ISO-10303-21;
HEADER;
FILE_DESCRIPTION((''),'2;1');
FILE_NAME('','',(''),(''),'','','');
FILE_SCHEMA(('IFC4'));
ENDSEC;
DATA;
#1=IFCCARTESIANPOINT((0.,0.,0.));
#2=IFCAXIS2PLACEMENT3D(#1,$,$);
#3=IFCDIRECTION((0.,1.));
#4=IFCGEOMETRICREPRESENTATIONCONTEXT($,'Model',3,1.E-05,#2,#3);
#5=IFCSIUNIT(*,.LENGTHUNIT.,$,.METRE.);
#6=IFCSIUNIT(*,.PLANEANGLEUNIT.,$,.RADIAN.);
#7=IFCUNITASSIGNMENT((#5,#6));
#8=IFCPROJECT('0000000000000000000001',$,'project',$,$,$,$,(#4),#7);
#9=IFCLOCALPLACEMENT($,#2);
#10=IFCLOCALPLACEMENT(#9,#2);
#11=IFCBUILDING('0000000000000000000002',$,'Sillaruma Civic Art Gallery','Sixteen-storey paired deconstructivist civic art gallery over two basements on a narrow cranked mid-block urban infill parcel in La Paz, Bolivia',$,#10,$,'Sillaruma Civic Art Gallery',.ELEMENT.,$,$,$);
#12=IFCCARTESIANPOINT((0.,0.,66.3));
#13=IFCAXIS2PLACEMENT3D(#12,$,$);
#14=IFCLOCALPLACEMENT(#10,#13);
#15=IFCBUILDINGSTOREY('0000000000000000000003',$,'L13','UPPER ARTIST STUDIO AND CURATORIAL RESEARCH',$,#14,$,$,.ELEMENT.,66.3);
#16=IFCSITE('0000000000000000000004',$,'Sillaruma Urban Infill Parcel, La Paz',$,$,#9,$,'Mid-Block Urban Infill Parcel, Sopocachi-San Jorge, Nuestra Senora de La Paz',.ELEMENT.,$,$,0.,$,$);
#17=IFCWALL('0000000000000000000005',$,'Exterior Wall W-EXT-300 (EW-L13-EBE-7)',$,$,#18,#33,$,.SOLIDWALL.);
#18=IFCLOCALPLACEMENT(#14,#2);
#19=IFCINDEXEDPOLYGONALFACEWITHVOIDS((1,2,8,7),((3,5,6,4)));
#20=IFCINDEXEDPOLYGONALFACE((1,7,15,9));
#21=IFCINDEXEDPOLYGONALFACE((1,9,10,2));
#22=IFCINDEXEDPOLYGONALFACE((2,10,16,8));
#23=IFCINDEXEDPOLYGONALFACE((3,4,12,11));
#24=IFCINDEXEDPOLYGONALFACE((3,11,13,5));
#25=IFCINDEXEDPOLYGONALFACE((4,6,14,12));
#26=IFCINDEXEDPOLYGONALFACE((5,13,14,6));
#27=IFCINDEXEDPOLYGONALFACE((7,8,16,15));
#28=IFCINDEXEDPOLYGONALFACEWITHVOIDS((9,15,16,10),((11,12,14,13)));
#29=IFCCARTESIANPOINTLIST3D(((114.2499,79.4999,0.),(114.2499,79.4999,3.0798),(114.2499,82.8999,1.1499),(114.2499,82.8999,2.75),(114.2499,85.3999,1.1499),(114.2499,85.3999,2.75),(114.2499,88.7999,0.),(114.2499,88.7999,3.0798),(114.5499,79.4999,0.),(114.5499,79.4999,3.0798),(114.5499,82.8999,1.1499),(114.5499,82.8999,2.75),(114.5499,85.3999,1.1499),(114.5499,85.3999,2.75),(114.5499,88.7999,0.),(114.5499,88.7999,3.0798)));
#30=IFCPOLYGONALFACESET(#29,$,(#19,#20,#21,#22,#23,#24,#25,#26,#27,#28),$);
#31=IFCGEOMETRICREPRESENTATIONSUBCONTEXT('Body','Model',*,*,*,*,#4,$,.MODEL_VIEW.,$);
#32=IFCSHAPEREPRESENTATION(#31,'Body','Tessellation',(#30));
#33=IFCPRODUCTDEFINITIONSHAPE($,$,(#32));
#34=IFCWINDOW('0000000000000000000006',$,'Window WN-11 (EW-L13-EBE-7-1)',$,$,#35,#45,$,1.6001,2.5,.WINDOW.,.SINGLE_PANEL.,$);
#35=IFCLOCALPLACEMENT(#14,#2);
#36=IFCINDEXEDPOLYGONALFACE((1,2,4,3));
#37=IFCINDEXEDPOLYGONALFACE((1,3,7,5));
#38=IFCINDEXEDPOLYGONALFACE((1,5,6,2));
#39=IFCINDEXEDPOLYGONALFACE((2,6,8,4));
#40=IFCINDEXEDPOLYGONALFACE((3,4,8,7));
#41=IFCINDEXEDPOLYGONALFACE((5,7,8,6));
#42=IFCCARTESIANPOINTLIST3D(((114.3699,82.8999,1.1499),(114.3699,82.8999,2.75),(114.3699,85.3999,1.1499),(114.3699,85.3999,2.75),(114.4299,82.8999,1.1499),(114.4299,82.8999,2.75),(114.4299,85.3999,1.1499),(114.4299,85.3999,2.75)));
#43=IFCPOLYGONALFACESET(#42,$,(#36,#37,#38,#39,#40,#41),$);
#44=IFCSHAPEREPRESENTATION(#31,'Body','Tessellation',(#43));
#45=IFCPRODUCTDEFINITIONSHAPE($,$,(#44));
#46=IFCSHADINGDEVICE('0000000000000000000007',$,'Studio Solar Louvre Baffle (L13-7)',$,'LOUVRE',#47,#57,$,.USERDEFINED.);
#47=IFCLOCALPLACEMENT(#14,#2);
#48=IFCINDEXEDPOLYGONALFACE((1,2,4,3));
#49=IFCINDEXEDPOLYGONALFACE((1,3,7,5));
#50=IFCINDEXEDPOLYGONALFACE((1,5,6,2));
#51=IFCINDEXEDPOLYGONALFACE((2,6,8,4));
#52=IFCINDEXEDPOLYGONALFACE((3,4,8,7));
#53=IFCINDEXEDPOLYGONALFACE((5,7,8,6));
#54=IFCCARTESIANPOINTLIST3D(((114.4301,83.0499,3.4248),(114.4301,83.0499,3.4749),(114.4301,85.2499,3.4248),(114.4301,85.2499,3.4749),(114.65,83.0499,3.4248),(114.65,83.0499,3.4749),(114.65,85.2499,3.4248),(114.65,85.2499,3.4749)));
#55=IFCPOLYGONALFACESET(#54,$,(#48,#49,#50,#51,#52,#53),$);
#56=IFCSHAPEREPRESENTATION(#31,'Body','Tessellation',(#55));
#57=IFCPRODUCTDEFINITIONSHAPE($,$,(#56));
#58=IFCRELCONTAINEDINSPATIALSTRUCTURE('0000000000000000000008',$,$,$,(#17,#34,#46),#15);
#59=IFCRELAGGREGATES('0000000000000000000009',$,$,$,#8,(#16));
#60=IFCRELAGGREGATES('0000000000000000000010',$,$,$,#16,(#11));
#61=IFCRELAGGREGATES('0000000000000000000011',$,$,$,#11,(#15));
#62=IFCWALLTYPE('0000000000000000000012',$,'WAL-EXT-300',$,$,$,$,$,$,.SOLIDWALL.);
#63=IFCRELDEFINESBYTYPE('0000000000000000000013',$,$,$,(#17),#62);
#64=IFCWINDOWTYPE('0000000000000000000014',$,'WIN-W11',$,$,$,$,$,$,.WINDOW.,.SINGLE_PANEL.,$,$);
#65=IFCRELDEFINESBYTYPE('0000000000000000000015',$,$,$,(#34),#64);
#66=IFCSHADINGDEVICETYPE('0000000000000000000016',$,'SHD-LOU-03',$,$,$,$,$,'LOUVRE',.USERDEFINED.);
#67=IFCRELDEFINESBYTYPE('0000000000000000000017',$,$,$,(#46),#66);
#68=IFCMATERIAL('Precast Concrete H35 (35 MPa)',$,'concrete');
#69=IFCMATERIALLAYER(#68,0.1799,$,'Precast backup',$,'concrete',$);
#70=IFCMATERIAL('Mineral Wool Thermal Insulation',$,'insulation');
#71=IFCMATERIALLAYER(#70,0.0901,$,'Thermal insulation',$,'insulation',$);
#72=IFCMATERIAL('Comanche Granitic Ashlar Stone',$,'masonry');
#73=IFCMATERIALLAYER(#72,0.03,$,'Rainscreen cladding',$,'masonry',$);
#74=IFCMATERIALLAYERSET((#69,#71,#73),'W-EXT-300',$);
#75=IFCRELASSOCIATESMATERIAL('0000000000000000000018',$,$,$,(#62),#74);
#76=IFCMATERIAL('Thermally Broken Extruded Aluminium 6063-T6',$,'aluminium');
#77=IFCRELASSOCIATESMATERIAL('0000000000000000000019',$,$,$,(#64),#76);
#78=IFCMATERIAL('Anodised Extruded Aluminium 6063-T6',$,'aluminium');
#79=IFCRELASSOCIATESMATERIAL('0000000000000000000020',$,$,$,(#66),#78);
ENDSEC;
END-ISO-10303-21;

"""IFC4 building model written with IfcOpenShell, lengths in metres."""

from ifc_helpers import new_model, si_unit, direction, frame, frame_2d, origin, origin_2d, place, context, subcontext, project, spatial, rectangle, extrude, material, layer, layer_set, type_object, element, fill, save


model = new_model("IFC4")

# Units and contexts
model_context = context("Model", 3, precision=1e-05, world=origin(), true_north=direction((0.0, 1.0)))
body_context = subcontext(model_context, "Body", "Model", "MODEL_VIEW")
ifc_project = project(units=[si_unit("LENGTHUNIT", "METRE"), si_unit("PLANEANGLEUNIT", "RADIAN")], contexts=[model_context])

# Site, building, storey
site_placement = place(None, origin())
site = spatial("IfcSite", under=ifc_project, at=site_placement, Name="Sillaruma Urban Infill Parcel, La Paz", LongName="Mid-Block Urban Infill Parcel, Sopocachi-San Jorge, Nuestra Senora de La Paz", CompositionType="ELEMENT", RefElevation=0.0)
building_placement = place(site_placement, origin())
building = spatial("IfcBuilding", under=site, at=building_placement, Name="Sillaruma Civic Art Gallery", Description="Sixteen-storey paired deconstructivist civic art gallery over two basements on a narrow cranked mid-block urban infill parcel in La Paz, Bolivia", LongName="Sillaruma Civic Art Gallery", CompositionType="ELEMENT")
storey_placement = place(building_placement, frame((0.0, 0.0, 66.3)))
storey = spatial("IfcBuildingStorey", under=building, at=storey_placement, Name="L13", Description="UPPER ARTIST STUDIO AND CURATORIAL RESEARCH", CompositionType="ELEMENT", Elevation=66.3)

# Shared definitions
ifc_material_1 = material(Name="Thermally Broken Extruded Aluminium 6063-T6", Category="aluminium")

# Shared definitions
ifc_material_2 = material(Name="Mineral Wool Thermal Insulation", Category="insulation")

# Wall, opening, window
ifc_material_3 = material(Name="Precast Concrete H35 (35 MPa)", Category="concrete")
ifc_layer_1 = layer(ifc_material_3, 0.1799, Name="Precast backup", Category="concrete")
ifc_layer_2 = layer(ifc_material_2, 0.0901, Name="Thermal insulation", Category="insulation")
ifc_material_4 = material(Name="Comanche Granitic Ashlar Stone", Category="masonry")
ifc_layer_3 = layer(ifc_material_4, 0.03, Name="Rainscreen cladding", Category="masonry")
ifc_layer_set_1 = layer_set([ifc_layer_1, ifc_layer_2, ifc_layer_3], Name="W-EXT-300")
wall_type_1 = type_object("IfcWallType", Name="WAL-EXT-300", PredefinedType="SOLIDWALL", material=ifc_layer_set_1)
wall_1_placement = place(storey_placement, frame((114.3999, 79.5, 0.0), z_axis=(0.0, 0.0, 1.0), x_axis=(0.0, 1.0, 0.0)))
wall_1 = element("IfcWall", 1, at=wall_1_placement, inside=storey, type_object=wall_type_1, Name="Exterior Wall W-EXT-300 (EW-L13-EBE-7)", PredefinedType="SOLIDWALL", context=body_context, shape_type="SweptSolid", body=[
    extrude(rectangle(XDim=9.3, YDim=0.3, at=frame_2d((4.6499, 0.0))), origin(), (0.0, 0.0, 1.0), 3.0798),
])
opening_placement = place(wall_1_placement, frame((3.3999, 0.0, 1.1499)))
opening = element("IfcOpeningElement", 2, at=opening_placement, cuts=wall_1, PredefinedType="OPENING", context=body_context, shape_type="SweptSolid", body=[
    extrude(rectangle(XDim=2.5, YDim=1.6001, at=frame_2d((1.25, 0.8))), frame((0.0, 0.1599, 0.0), z_axis=(0.0, -1.0, 0.0), x_axis=(1.0, 0.0, 0.0)), (0.0, 0.0, 1.0), 0.3201),
])
window_type = type_object("IfcWindowType", Name="WIN-W11", PartitioningType="SINGLE_PANEL", PredefinedType="WINDOW", material=ifc_material_1)
window_placement = place(opening_placement, origin())
window = element("IfcWindow", 3, at=window_placement, inside=storey, type_object=window_type, Name="Window WN-11 (EW-L13-EBE-7-1)", OverallHeight=1.6001, OverallWidth=2.5, PartitioningType="SINGLE_PANEL", PredefinedType="WINDOW", context=body_context, shape_type="SweptSolid", body=[
    extrude(rectangle(XDim=2.5, YDim=1.6001, at=frame_2d((1.25, 0.8))), frame((0.0, 0.03, 0.0), z_axis=(0.0, -1.0, 0.0), x_axis=(1.0, 0.0, 0.0)), (0.0, 0.0, 1.0), 0.0601),
])
fill(opening, window)

# Shading device
ifc_material_5 = material(Name="Anodised Extruded Aluminium 6063-T6", Category="aluminium")
shading_device_type = type_object("IfcShadingDeviceType", Name="SHD-LOU-03", ElementType="LOUVRE", PredefinedType="USERDEFINED", material=ifc_material_5)
shading_device_placement = place(storey_placement, frame((114.54, 84.1499, 3.4248), z_axis=(0.0, 0.0, 1.0), x_axis=(0.0, 1.0, 0.0)))
element("IfcShadingDevice", 4, at=shading_device_placement, inside=storey, type_object=shading_device_type, Name="Studio Solar Louvre Baffle (L13-7)", ObjectType="LOUVRE", PredefinedType="USERDEFINED", context=body_context, shape_type="SweptSolid", body=[
    extrude(rectangle(XDim=2.2, YDim=0.22, at=origin_2d()), origin(), (0.0, 0.0, 1.0), 0.05),
])

save(model, "model.ifc")
